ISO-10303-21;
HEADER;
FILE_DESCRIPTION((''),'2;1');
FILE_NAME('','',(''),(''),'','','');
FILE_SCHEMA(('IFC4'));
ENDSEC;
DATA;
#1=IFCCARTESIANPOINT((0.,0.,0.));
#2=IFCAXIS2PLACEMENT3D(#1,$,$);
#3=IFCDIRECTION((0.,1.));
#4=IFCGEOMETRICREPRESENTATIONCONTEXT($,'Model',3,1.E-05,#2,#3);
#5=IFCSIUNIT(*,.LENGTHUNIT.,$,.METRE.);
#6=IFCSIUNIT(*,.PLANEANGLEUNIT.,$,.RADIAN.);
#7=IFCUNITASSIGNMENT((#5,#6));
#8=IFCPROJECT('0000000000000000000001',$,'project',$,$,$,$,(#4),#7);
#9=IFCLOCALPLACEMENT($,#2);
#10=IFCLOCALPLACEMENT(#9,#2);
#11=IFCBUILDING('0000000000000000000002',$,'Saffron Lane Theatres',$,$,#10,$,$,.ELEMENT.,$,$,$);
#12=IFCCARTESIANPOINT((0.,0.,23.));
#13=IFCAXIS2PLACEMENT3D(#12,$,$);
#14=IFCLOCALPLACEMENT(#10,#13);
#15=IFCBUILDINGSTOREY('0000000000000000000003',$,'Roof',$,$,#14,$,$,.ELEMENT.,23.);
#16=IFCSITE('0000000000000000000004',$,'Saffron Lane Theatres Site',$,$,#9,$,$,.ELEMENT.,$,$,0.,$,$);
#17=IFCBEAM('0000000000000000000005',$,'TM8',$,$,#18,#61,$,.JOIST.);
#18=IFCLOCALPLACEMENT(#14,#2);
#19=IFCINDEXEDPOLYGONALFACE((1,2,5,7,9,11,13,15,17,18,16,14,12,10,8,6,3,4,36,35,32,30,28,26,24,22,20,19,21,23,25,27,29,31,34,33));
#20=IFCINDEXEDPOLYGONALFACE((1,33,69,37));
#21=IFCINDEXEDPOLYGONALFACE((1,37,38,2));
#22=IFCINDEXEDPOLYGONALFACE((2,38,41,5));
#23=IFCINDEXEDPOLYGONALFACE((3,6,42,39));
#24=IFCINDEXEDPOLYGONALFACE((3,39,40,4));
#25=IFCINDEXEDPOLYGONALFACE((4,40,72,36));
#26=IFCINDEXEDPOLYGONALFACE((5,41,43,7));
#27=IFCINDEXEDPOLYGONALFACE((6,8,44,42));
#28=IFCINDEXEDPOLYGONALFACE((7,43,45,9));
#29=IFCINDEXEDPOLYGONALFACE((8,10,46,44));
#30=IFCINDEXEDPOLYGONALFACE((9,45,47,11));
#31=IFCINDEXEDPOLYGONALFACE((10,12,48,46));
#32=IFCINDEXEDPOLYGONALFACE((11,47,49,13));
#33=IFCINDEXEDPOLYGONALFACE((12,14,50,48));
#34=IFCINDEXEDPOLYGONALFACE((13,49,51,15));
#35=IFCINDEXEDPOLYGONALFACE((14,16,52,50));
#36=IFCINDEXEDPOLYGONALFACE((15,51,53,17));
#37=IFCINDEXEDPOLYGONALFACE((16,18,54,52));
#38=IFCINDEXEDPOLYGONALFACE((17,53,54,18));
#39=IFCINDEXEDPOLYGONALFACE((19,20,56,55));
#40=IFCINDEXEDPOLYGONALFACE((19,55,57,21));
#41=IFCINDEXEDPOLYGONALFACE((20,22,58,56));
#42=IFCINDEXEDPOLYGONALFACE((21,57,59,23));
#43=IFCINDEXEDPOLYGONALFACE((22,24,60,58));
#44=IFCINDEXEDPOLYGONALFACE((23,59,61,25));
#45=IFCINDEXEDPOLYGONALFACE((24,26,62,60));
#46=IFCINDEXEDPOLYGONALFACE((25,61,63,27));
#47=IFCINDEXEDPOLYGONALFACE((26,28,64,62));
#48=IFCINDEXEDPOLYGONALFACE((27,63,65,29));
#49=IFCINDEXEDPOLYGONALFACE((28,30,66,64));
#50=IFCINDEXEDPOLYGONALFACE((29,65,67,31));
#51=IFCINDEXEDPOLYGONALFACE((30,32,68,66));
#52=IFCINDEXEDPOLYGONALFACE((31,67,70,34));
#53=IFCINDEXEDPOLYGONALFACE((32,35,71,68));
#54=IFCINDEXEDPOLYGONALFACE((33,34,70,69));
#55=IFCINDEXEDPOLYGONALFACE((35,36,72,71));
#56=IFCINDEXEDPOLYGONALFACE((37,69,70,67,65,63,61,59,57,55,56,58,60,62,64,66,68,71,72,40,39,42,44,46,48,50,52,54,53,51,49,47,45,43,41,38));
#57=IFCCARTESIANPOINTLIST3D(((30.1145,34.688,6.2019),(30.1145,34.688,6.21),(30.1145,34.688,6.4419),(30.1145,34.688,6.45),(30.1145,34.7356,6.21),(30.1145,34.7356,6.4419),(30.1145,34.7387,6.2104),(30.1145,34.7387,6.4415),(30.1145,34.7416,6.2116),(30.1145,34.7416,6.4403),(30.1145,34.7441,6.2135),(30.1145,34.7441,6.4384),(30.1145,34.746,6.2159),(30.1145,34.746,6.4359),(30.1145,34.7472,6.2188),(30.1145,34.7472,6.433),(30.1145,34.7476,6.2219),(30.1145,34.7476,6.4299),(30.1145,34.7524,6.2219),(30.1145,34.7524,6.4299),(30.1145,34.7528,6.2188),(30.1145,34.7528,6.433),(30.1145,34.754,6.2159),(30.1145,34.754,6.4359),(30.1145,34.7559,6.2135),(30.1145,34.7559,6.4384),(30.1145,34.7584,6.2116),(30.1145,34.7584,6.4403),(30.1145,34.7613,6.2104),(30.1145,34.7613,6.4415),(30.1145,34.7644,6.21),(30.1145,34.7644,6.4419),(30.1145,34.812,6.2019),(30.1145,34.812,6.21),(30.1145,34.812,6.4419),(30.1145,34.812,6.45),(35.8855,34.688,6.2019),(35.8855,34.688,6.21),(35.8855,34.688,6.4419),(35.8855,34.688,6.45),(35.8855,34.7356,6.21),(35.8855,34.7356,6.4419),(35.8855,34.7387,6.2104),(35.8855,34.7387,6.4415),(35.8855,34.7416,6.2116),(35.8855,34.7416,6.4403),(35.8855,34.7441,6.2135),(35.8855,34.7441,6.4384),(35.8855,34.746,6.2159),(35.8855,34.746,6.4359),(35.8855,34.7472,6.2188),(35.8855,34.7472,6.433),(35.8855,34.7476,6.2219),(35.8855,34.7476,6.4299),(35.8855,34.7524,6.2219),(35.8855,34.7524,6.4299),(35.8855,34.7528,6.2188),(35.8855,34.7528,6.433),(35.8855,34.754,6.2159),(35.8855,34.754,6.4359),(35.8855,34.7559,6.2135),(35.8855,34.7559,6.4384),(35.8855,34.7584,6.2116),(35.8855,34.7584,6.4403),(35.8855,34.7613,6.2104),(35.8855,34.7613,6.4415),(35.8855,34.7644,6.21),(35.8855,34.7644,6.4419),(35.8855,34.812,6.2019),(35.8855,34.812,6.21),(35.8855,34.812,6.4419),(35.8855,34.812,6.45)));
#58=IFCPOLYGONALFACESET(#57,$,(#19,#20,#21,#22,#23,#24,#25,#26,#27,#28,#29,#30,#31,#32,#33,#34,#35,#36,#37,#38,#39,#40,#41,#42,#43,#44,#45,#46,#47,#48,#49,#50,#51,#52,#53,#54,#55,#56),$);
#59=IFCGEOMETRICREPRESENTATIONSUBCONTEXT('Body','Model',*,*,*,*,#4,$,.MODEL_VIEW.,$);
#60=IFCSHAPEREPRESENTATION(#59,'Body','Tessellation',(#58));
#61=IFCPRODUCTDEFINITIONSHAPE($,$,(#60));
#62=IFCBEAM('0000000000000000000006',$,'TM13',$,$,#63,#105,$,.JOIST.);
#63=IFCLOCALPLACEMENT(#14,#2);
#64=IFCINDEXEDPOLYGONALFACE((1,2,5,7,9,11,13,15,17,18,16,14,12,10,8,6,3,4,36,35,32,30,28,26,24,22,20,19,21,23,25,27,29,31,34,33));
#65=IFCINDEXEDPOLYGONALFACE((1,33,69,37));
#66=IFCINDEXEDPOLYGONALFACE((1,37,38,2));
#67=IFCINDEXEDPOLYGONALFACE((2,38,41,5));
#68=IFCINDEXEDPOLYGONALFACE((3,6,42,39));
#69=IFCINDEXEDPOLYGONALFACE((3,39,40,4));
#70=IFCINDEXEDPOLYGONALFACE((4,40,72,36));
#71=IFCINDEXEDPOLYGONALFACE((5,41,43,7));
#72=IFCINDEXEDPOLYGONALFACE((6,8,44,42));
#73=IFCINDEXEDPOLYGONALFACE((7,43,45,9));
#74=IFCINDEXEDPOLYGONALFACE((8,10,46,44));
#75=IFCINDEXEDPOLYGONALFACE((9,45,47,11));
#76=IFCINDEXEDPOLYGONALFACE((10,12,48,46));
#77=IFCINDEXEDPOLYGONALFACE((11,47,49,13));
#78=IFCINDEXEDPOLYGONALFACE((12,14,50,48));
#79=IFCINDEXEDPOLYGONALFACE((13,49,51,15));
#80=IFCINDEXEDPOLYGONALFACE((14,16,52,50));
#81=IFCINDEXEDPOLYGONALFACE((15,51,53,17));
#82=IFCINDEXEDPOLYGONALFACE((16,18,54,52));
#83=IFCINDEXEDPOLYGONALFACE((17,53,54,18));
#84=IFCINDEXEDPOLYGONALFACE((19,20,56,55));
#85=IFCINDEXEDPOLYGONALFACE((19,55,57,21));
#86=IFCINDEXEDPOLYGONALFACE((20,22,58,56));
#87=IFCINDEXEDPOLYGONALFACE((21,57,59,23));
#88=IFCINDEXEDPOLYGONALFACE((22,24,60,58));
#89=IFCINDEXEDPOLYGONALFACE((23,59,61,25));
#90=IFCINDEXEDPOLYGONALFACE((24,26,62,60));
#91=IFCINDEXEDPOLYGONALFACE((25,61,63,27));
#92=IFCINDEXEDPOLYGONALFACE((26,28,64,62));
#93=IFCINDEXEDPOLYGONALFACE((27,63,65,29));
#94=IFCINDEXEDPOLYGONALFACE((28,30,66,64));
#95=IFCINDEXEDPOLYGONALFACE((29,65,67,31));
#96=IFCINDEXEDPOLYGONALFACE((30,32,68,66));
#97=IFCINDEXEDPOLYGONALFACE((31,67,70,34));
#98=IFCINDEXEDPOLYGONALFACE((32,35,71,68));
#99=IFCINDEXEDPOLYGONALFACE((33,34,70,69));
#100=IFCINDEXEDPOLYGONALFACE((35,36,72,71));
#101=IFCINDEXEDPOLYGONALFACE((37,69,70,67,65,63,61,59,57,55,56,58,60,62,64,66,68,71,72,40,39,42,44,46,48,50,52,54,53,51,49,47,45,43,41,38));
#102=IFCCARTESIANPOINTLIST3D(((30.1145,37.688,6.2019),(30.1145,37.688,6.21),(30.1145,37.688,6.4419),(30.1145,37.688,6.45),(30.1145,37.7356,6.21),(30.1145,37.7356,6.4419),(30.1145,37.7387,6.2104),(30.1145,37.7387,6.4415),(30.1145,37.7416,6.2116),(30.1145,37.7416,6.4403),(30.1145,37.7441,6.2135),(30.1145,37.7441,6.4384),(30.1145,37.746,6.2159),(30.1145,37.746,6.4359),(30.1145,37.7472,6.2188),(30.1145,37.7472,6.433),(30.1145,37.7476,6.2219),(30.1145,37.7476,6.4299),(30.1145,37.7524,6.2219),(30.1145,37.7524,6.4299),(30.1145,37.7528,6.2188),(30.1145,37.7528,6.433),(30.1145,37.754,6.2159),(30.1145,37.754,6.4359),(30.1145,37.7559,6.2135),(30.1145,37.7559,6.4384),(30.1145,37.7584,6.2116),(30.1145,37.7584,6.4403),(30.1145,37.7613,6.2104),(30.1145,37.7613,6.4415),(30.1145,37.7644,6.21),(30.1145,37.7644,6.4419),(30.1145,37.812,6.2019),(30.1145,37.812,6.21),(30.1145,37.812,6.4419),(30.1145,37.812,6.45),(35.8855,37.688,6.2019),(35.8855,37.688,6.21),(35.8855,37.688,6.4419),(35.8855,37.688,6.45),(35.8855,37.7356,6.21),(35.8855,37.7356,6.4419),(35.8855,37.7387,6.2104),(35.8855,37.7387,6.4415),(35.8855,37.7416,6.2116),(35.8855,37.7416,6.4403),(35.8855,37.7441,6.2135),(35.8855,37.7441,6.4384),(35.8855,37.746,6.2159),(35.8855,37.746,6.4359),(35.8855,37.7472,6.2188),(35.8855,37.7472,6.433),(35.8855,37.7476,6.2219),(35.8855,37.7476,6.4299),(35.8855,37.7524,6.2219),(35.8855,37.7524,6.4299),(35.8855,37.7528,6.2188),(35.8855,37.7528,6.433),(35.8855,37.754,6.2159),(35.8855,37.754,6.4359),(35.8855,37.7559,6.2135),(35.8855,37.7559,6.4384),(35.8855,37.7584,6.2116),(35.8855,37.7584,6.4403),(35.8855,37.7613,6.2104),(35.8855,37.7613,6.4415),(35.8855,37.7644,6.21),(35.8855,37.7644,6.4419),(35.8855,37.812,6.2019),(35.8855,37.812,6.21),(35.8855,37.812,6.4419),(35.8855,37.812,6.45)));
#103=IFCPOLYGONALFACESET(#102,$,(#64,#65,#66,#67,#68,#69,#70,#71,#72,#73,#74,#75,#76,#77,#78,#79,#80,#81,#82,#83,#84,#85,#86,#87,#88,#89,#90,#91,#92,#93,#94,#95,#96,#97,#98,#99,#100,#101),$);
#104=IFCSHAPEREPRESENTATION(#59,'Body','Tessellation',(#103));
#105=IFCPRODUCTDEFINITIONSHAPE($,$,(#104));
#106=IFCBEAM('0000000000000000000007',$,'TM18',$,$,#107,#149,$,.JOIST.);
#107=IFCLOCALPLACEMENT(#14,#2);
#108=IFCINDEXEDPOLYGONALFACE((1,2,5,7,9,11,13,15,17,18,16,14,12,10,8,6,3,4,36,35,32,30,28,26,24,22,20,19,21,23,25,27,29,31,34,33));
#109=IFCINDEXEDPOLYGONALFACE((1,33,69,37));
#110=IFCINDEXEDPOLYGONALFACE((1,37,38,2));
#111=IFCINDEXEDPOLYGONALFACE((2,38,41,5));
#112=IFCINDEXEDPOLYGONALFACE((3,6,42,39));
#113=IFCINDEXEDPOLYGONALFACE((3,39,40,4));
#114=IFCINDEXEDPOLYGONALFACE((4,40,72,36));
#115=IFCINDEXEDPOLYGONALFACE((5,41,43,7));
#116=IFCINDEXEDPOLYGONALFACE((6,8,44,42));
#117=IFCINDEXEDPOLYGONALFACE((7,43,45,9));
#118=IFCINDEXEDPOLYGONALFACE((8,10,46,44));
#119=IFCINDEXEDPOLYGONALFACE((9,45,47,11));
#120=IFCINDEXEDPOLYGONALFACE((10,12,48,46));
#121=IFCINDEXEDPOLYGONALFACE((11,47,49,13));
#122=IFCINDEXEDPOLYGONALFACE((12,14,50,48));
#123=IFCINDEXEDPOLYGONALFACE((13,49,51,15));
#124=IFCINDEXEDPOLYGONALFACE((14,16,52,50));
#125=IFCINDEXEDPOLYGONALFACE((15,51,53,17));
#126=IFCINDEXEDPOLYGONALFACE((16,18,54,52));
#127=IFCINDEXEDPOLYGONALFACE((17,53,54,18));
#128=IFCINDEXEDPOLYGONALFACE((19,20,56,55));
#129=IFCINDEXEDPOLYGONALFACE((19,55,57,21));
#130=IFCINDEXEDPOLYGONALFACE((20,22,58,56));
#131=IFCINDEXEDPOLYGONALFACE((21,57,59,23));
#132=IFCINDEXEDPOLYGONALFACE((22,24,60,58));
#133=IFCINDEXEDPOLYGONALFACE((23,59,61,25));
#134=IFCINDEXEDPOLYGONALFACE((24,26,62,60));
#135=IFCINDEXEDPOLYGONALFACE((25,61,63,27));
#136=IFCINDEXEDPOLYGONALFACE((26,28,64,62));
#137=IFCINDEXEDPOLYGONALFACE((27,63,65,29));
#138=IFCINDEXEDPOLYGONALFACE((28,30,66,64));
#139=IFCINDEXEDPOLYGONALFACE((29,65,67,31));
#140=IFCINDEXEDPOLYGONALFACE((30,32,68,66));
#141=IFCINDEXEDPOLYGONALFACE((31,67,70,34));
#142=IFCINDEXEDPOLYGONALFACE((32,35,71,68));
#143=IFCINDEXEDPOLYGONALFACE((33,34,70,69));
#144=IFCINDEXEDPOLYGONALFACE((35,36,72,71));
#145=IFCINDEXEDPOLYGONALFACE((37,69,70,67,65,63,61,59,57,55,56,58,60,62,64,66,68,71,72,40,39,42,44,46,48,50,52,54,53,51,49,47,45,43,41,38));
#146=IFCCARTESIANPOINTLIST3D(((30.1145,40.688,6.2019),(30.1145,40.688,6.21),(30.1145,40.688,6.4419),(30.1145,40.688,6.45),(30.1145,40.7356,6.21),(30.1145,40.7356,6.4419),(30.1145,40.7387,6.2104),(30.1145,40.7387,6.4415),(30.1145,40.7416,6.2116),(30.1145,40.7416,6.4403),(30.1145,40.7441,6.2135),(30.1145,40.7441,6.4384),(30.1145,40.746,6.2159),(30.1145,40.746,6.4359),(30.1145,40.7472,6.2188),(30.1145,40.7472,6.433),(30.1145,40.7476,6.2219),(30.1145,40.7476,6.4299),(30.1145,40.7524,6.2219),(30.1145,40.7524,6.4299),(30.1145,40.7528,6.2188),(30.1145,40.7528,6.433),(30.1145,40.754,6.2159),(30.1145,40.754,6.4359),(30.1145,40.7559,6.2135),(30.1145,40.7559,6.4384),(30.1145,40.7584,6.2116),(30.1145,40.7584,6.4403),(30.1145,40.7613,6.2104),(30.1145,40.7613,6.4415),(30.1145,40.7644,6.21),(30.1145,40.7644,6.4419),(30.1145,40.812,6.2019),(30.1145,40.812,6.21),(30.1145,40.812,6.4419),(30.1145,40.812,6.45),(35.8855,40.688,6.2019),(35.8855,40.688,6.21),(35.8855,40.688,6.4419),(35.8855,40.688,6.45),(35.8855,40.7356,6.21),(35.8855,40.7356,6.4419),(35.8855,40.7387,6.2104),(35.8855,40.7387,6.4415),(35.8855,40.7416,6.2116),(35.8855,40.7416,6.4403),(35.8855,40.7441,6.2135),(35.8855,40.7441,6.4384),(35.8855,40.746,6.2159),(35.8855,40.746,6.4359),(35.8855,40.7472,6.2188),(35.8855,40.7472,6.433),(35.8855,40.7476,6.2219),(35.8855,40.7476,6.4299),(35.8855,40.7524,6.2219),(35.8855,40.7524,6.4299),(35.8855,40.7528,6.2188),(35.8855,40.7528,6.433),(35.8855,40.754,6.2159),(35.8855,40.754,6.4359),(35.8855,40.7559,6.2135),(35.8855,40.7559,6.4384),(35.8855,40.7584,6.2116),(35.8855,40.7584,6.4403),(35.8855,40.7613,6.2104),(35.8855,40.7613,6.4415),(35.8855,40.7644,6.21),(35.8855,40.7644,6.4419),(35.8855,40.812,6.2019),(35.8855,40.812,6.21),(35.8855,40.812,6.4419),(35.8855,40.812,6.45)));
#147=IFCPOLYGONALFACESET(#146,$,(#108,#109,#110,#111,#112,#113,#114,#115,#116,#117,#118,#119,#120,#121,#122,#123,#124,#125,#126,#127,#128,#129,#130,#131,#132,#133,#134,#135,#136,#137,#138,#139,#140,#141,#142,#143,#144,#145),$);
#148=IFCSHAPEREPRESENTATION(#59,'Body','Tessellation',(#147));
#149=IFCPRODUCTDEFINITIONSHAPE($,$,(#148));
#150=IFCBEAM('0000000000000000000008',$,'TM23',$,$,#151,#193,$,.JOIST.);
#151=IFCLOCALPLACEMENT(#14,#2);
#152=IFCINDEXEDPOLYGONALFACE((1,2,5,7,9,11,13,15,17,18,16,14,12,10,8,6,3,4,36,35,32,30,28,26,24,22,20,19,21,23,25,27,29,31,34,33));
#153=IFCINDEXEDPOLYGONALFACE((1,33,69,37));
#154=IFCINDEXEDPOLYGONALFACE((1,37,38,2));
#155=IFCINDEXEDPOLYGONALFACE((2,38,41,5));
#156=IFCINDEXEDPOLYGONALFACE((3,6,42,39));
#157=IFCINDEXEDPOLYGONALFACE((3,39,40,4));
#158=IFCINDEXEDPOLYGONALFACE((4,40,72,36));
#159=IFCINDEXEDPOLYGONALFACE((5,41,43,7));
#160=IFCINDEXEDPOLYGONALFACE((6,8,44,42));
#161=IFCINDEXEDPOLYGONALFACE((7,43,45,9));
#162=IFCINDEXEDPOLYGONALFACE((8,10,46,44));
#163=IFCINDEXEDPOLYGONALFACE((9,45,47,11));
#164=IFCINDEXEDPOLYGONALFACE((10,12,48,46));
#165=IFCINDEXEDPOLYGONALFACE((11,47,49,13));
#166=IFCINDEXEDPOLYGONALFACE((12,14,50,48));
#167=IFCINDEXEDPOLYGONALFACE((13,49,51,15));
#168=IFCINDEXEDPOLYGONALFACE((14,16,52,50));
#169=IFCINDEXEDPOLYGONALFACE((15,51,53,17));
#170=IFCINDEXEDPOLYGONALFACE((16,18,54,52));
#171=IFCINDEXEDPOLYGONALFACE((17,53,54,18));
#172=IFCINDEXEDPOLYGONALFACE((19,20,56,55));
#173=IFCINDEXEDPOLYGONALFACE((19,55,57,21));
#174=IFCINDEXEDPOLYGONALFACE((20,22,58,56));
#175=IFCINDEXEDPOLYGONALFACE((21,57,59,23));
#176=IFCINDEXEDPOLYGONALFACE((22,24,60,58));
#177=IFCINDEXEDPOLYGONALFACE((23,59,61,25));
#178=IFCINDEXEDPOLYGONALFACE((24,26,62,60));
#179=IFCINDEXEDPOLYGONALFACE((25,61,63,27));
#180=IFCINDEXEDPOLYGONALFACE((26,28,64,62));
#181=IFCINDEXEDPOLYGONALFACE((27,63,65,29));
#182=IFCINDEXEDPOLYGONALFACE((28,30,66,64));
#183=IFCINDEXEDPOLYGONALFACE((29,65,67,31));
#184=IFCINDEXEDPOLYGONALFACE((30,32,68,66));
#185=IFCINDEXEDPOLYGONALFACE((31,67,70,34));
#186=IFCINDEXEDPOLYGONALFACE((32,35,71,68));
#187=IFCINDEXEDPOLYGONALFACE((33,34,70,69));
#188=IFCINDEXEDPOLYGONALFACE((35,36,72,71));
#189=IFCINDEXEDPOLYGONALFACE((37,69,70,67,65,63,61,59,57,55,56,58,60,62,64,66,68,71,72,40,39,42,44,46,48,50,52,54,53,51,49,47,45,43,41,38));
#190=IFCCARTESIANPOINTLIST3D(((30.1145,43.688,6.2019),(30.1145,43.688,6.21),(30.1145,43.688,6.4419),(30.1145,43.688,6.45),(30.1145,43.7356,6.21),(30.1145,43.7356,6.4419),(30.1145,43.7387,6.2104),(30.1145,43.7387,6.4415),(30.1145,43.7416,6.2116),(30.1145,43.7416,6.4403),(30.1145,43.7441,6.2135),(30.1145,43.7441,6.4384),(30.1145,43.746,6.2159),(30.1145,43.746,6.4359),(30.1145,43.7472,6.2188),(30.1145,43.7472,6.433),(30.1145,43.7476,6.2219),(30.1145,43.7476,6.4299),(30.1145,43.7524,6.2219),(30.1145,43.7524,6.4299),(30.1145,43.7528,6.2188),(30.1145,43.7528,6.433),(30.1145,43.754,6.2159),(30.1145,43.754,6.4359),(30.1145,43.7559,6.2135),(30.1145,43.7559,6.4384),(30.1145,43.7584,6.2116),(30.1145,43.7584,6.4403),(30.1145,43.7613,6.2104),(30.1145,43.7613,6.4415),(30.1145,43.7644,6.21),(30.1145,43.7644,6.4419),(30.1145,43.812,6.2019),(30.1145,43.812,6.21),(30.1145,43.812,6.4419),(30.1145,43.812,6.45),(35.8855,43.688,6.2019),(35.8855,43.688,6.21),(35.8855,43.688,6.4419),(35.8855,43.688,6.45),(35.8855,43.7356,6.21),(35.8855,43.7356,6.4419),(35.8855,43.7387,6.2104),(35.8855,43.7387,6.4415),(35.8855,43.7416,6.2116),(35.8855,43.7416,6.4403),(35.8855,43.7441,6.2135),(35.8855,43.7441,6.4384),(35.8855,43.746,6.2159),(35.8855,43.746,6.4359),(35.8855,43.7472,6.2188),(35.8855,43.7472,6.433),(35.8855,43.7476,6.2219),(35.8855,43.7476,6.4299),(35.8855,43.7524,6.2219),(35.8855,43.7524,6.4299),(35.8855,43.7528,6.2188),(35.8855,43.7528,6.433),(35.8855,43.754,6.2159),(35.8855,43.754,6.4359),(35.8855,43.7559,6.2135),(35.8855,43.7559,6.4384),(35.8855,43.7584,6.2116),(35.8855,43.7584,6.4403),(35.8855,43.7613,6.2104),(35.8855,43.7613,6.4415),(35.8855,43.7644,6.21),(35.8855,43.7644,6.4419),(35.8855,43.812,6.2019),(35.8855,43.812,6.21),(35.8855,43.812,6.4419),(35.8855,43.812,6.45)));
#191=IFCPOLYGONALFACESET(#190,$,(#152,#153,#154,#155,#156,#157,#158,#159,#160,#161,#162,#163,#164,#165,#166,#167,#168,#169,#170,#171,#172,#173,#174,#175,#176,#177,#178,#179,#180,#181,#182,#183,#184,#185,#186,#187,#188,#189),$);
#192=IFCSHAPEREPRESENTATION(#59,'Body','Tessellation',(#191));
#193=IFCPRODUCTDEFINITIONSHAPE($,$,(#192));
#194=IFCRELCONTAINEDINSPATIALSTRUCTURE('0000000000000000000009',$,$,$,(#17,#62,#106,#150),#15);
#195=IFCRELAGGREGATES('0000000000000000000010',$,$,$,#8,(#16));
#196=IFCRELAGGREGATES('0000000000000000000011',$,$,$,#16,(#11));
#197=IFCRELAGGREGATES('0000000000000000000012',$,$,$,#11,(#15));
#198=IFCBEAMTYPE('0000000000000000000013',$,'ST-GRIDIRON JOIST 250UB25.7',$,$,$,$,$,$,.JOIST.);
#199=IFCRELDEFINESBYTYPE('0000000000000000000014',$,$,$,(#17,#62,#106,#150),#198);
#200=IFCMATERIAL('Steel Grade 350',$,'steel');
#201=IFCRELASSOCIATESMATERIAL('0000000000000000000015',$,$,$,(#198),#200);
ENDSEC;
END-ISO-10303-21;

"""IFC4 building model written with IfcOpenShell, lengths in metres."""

from ifc_helpers import new_model, si_unit, direction, frame, origin, origin_2d, place, context, subcontext, project, spatial, i_section, extrude, material, material_profile, profile_set, type_object, element, save


model = new_model("IFC4")

# Units and contexts
model_context = context("Model", 3, precision=1e-05, world=origin(), true_north=direction((0.0, 1.0)))
body_context = subcontext(model_context, "Body", "Model", "MODEL_VIEW")
ifc_project = project(units=[si_unit("LENGTHUNIT", "METRE"), si_unit("PLANEANGLEUNIT", "RADIAN")], contexts=[model_context])

# Site, building, storey
site_placement = place(None, origin())
site = spatial("IfcSite", under=ifc_project, at=site_placement, Name="Saffron Lane Theatres Site", CompositionType="ELEMENT", RefElevation=0.0)
building_placement = place(site_placement, origin())
building = spatial("IfcBuilding", under=site, at=building_placement, Name="Saffron Lane Theatres", CompositionType="ELEMENT")
storey_placement = place(building_placement, frame((0.0, 0.0, 23.0)))
storey = spatial("IfcBuildingStorey", under=building, at=storey_placement, Name="Roof", CompositionType="ELEMENT", Elevation=23.0)

# Beams
ifc_material_1 = material(Name="Steel Grade 350", Category="steel")
ifc_material_profile_1 = material_profile(ifc_material_1, i_section(OverallWidth=0.124, OverallDepth=0.248, WebThickness=0.0049, FlangeThickness=0.0081, FilletRadius=0.012, at=origin_2d()))
ifc_profile_set_1 = profile_set([ifc_material_profile_1], Name="Steel Grade 350")
beam_type_1 = type_object("IfcBeamType", Name="ST-GRIDIRON JOIST 250UB25.7", PredefinedType="JOIST", material=ifc_profile_set_1)
for number, where, z_axis, x_axis, name in (
    (1, (30.1145, 34.75, 6.3259), (1.0, 0.0, 0.0), (0.0, 1.0, 0.0), "TM8"),
    (2, (30.1145, 37.75, 6.3259), (1.0, 0.0, 0.0), (0.0, 1.0, 0.0), "TM13"),
    (3, (30.1145, 40.75, 6.3259), (1.0, 0.0, 0.0), (0.0, 1.0, 0.0), "TM18"),
    (4, (30.1145, 43.75, 6.3259), (1.0, 0.0, 0.0), (0.0, 1.0, 0.0), "TM23"),
):
    element("IfcBeam", number, at=place(storey_placement, frame(where, z_axis=z_axis, x_axis=x_axis)), inside=storey, type_object=beam_type_1, Name=name, PredefinedType="JOIST", context=body_context, shape_type="SweptSolid", body=[
        extrude(i_section(OverallWidth=0.124, OverallDepth=0.248, WebThickness=0.0049, FlangeThickness=0.0081, FilletRadius=0.012, at=origin_2d()), origin(), (0.0, 0.0, 1.0), 5.771),
    ])

save(model, "model.ifc")
